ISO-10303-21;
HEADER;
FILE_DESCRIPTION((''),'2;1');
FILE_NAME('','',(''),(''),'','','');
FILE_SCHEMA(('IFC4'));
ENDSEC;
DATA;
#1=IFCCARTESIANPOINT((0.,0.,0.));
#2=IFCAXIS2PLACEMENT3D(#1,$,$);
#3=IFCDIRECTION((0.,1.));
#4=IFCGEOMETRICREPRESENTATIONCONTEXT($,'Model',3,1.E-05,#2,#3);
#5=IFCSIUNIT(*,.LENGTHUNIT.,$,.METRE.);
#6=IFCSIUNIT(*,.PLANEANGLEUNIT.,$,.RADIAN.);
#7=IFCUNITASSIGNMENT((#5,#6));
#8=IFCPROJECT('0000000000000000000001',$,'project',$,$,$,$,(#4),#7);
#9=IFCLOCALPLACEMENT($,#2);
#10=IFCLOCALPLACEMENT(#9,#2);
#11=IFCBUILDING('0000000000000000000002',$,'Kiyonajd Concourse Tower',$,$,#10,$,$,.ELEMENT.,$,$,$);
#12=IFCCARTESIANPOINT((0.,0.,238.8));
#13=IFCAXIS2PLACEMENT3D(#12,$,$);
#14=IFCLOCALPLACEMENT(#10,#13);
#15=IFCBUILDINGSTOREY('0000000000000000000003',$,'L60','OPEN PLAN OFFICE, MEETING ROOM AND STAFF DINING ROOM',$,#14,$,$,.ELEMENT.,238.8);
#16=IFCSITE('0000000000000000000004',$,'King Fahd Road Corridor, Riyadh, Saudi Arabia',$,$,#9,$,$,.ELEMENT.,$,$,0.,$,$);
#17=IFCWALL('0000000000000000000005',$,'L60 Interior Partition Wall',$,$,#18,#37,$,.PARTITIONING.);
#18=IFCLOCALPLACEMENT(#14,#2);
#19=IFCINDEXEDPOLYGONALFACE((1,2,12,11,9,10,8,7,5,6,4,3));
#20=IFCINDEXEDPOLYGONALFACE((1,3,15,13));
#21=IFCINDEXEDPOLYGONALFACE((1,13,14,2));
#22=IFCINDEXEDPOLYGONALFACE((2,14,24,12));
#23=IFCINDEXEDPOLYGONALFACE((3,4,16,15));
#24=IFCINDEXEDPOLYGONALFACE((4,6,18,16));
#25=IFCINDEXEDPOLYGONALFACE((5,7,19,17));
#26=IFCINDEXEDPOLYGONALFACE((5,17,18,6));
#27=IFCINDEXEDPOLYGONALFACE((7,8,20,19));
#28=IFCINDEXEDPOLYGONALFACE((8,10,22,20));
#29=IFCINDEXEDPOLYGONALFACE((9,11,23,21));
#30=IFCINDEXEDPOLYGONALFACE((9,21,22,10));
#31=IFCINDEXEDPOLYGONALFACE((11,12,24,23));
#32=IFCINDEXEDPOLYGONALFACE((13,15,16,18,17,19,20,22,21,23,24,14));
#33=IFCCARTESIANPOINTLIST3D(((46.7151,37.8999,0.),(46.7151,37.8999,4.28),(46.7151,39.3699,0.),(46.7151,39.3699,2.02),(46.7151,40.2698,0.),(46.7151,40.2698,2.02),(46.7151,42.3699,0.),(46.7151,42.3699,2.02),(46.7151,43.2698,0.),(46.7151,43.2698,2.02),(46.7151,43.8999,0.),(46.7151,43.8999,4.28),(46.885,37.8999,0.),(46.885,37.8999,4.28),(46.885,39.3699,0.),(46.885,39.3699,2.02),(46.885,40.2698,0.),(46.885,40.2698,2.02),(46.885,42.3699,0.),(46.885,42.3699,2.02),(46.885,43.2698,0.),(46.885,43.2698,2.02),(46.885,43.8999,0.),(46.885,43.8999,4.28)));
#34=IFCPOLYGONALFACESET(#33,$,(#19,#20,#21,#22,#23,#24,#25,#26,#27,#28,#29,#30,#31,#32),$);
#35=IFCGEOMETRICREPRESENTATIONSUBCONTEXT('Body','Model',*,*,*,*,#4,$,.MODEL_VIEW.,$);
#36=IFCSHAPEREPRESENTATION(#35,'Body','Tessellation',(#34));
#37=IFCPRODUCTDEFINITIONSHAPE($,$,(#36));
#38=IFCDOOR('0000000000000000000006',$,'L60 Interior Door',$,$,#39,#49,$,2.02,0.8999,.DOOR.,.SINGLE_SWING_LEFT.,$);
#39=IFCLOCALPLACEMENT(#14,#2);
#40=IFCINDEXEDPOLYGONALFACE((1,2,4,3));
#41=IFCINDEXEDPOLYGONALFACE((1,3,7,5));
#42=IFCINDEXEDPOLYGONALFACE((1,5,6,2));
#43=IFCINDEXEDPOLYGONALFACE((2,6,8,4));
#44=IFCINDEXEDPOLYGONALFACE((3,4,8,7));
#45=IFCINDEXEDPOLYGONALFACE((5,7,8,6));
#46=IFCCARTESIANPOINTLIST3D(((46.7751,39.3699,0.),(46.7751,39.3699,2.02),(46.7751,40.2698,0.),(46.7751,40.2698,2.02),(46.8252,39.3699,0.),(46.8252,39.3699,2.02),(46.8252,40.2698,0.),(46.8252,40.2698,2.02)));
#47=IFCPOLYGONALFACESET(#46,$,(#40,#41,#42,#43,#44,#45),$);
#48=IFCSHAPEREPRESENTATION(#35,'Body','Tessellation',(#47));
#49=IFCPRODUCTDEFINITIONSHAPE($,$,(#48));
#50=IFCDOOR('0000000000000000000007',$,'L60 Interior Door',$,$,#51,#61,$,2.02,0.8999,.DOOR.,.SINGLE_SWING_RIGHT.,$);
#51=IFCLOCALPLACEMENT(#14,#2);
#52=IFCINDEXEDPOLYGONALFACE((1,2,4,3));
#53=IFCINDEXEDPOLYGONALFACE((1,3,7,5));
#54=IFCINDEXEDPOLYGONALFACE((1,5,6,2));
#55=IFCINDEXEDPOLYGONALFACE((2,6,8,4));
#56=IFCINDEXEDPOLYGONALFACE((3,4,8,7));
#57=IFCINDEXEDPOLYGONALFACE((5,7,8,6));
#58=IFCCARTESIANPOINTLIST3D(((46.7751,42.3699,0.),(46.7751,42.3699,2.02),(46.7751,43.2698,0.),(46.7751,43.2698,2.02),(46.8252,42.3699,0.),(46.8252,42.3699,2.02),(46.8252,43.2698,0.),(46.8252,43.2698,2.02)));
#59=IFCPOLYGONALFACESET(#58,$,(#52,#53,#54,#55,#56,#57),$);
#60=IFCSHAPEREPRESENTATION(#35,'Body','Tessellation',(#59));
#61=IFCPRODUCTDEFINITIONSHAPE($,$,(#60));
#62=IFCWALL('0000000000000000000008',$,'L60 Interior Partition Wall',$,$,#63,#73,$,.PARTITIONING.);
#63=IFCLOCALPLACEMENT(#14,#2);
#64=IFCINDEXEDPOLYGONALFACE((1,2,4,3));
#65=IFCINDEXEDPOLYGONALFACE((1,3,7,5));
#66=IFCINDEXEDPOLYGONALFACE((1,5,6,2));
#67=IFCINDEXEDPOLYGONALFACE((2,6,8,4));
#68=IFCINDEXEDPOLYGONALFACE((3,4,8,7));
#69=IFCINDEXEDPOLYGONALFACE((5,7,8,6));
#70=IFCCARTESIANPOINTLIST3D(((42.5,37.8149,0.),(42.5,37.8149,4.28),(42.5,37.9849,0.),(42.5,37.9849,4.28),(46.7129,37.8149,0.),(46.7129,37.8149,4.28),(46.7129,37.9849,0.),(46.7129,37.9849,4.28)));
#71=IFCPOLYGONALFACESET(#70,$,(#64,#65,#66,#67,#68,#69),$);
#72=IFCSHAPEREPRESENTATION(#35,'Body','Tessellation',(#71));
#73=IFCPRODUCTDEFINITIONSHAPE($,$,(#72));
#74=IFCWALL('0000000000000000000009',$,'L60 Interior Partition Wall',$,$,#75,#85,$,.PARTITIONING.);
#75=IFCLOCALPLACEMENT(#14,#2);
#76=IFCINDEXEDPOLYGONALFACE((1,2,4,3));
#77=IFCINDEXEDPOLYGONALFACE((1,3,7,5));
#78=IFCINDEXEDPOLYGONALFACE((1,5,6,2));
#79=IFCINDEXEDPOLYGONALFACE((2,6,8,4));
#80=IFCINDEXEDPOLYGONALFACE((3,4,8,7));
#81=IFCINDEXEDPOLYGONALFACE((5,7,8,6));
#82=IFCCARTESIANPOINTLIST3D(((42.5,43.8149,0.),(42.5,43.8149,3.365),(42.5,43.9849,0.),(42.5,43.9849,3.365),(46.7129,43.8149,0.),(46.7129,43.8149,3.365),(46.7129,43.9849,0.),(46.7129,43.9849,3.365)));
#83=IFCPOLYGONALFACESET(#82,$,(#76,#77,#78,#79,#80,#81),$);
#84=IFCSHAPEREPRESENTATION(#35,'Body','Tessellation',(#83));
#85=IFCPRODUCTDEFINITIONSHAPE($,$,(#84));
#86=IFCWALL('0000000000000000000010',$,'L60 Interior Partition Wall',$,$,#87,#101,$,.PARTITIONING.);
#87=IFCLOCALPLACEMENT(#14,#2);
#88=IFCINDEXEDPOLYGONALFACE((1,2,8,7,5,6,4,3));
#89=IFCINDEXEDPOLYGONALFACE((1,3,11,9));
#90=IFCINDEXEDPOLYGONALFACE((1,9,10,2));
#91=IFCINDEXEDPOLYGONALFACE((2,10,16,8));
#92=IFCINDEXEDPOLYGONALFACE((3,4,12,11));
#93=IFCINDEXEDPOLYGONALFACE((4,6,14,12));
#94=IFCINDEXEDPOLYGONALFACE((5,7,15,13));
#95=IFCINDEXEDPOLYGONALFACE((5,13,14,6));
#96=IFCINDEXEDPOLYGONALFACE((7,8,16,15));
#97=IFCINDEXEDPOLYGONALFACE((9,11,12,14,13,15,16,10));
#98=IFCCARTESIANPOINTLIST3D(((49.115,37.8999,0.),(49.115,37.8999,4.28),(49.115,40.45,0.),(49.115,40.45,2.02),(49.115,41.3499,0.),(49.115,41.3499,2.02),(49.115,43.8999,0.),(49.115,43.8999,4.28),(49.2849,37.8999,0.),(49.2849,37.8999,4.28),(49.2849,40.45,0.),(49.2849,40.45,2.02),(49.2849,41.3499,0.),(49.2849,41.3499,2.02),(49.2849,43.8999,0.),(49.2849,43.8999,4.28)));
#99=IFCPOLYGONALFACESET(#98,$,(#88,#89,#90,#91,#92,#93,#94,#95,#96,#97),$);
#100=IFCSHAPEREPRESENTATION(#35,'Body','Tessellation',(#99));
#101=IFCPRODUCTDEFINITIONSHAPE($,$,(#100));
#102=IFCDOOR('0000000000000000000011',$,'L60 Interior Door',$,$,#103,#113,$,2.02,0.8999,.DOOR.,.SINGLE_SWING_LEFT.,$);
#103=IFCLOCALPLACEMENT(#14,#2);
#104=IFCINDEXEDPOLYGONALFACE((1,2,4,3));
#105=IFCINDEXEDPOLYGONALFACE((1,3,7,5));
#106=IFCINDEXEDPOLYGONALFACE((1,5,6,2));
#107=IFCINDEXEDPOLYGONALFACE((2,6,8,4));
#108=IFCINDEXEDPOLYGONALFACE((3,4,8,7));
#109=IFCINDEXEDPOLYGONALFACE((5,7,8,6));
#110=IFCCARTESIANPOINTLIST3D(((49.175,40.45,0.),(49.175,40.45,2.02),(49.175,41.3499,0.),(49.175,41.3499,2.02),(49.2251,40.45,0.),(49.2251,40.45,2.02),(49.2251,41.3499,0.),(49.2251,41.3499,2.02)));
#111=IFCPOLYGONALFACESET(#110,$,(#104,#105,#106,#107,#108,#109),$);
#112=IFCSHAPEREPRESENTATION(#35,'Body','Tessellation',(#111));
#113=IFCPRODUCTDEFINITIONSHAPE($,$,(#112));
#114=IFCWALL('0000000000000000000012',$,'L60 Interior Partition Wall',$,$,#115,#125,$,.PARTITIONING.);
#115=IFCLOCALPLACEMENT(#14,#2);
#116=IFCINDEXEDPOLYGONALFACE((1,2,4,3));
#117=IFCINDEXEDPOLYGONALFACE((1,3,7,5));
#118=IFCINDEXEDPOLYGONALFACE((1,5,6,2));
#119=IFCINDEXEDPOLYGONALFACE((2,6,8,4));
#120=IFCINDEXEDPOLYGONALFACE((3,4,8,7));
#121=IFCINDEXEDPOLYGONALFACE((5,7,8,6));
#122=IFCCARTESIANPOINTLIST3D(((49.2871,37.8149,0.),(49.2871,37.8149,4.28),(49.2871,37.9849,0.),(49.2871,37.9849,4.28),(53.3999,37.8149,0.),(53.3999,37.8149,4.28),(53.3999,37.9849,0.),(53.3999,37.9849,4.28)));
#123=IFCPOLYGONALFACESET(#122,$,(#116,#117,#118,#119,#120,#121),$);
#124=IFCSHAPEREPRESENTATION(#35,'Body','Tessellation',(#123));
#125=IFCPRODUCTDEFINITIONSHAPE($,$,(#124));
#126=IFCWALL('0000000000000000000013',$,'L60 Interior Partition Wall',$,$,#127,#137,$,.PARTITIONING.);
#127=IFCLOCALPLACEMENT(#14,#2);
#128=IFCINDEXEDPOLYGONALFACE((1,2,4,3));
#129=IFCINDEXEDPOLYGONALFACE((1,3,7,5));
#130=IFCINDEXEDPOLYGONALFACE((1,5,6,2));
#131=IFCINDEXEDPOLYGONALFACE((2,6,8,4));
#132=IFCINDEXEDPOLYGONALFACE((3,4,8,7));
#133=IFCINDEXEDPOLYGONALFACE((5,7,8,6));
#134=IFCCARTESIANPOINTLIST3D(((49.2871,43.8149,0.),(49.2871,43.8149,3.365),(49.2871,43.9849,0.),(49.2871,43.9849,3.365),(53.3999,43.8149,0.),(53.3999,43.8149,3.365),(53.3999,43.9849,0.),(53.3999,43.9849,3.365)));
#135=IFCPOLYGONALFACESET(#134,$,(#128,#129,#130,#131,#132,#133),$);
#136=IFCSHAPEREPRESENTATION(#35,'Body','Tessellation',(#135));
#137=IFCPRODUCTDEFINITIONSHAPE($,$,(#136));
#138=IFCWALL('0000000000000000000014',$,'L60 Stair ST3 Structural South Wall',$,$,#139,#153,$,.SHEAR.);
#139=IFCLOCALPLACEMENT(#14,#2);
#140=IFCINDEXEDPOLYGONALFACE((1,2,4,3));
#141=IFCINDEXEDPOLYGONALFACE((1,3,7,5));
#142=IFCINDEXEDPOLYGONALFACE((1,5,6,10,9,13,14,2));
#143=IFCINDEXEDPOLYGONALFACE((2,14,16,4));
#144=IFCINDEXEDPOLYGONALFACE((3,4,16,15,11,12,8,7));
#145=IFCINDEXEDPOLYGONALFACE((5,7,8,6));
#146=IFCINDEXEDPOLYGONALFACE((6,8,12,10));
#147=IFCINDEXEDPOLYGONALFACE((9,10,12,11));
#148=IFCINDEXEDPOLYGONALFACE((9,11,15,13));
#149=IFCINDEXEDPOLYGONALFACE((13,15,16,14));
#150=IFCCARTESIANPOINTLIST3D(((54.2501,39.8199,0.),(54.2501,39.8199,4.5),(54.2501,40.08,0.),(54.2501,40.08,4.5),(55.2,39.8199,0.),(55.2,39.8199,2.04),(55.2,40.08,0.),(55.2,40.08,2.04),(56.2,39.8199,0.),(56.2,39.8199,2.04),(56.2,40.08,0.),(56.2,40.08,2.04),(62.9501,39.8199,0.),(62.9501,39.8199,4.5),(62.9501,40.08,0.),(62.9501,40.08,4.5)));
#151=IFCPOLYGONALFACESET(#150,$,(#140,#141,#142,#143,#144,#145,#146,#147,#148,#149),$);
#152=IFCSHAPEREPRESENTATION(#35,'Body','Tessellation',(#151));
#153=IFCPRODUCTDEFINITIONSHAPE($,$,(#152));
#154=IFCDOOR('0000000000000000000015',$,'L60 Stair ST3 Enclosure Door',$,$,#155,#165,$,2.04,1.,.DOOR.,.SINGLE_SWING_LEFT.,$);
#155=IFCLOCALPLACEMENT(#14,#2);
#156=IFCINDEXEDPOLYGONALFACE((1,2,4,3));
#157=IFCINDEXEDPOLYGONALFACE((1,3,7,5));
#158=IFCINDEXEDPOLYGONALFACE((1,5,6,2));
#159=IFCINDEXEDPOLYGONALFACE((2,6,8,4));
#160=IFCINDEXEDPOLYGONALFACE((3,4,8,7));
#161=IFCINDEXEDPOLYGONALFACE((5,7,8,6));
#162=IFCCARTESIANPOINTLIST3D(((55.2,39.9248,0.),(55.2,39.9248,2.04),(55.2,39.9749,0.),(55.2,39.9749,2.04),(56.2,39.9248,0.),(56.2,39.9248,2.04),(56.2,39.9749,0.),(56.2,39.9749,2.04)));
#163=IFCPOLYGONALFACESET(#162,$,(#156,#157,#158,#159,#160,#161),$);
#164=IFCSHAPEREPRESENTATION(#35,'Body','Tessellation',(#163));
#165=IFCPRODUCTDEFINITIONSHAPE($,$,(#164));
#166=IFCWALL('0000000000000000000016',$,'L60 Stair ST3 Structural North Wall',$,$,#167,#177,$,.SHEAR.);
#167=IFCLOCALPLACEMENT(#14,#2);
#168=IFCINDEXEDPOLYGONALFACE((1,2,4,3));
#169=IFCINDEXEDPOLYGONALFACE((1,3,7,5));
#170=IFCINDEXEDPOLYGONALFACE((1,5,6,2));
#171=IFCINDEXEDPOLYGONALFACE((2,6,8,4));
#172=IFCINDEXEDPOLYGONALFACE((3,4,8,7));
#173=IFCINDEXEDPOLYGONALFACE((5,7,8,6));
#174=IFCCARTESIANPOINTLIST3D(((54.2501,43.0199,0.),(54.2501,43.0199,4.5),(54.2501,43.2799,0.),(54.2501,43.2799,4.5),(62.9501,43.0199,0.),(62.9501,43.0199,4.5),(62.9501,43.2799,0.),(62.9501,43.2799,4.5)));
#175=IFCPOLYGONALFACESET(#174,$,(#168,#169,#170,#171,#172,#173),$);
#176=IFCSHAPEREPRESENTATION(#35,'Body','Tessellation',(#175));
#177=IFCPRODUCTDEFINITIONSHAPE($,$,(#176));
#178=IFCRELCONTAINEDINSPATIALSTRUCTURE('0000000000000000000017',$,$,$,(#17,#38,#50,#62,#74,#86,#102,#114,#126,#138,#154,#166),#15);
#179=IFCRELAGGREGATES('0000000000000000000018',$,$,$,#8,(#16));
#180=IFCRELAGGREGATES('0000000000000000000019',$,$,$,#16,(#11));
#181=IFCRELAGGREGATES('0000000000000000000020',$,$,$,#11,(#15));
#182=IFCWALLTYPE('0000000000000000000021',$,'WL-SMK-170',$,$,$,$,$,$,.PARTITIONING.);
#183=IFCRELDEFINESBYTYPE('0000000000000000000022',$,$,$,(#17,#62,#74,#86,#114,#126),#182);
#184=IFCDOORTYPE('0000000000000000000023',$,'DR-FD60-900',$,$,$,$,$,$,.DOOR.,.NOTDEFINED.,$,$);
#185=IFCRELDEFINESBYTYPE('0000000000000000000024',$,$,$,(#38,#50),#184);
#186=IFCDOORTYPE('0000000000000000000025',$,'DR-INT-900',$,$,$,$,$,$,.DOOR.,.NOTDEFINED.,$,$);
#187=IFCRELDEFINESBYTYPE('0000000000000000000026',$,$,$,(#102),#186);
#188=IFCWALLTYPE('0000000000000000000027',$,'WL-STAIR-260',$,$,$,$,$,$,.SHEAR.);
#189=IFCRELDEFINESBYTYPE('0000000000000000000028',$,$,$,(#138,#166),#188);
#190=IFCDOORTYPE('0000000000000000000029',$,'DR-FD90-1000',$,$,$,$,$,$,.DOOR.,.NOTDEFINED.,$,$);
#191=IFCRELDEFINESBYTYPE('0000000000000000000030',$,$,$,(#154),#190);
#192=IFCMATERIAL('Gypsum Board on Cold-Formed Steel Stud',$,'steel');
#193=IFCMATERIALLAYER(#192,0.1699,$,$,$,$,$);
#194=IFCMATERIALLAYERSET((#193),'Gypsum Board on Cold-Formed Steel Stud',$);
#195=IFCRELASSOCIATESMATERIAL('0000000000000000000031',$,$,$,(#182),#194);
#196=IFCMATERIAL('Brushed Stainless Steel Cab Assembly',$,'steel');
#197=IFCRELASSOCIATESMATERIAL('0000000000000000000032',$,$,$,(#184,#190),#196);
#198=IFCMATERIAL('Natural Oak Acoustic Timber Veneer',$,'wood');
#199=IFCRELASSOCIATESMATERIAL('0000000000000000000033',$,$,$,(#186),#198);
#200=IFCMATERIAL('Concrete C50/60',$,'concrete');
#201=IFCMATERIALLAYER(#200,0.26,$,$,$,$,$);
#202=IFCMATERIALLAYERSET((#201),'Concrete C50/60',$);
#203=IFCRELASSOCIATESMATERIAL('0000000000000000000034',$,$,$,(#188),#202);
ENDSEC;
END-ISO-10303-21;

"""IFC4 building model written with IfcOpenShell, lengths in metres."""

from ifc_helpers import new_model, si_unit, direction, frame, frame_2d, origin, place, context, subcontext, project, spatial, rectangle, extrude, material, layer, layer_set, type_object, element, fill, save


model = new_model("IFC4")

# Units and contexts
model_context = context("Model", 3, precision=1e-05, world=origin(), true_north=direction((0.0, 1.0)))
body_context = subcontext(model_context, "Body", "Model", "MODEL_VIEW")
ifc_project = project(units=[si_unit("LENGTHUNIT", "METRE"), si_unit("PLANEANGLEUNIT", "RADIAN")], contexts=[model_context])

# Site, building, storey
site_placement = place(None, origin())
site = spatial("IfcSite", under=ifc_project, at=site_placement, Name="King Fahd Road Corridor, Riyadh, Saudi Arabia", CompositionType="ELEMENT", RefElevation=0.0)
building_placement = place(site_placement, origin())
building = spatial("IfcBuilding", under=site, at=building_placement, Name="Kiyonajd Concourse Tower", CompositionType="ELEMENT")
storey_placement = place(building_placement, frame((0.0, 0.0, 238.8)))
storey = spatial("IfcBuildingStorey", under=building, at=storey_placement, Name="L60", Description="OPEN PLAN OFFICE, MEETING ROOM AND STAFF DINING ROOM", CompositionType="ELEMENT", Elevation=238.8)

# Shared definitions
ifc_material_1 = material(Name="Concrete C50/60", Category="concrete")

# Shared definitions
ifc_material_2 = material(Name="Gypsum Board on Cold-Formed Steel Stud", Category="steel")

# Shared definitions
ifc_material_3 = material(Name="Brushed Stainless Steel Cab Assembly", Category="steel")

# Wall, openings, doors
ifc_layer_1 = layer(ifc_material_2, 0.1699)
ifc_layer_set_1 = layer_set([ifc_layer_1], Name="Gypsum Board on Cold-Formed Steel Stud")
wall_type_1 = type_object("IfcWallType", Name="WL-SMK-170", PredefinedType="PARTITIONING", material=ifc_layer_set_1)
wall_1_placement = place(storey_placement, frame((46.8, 37.8999, 0.0), z_axis=(0.0, 0.0, 1.0), x_axis=(0.0, 1.0, 0.0)))
wall_1 = element("IfcWall", 1, at=wall_1_placement, inside=storey, type_object=wall_type_1, Name="L60 Interior Partition Wall", PredefinedType="PARTITIONING", context=body_context, shape_type="SweptSolid", body=[
    extrude(rectangle(XDim=6.0, YDim=0.1699, at=frame_2d((3.0, 0.0))), origin(), (0.0, 0.0, 1.0), 4.28),
])
opening_1_placement = place(wall_1_placement, frame((1.47, 0.0, 0.0)))
opening_1 = element("IfcOpeningElement", 2, at=opening_1_placement, cuts=wall_1, PredefinedType="OPENING", context=body_context, shape_type="SweptSolid", body=[
    extrude(rectangle(XDim=0.8999, YDim=2.02, at=frame_2d((0.45, 1.01))), frame((0.0, 0.095, 0.0), z_axis=(0.0, -1.0, 0.0), x_axis=(1.0, 0.0, 0.0)), (0.0, 0.0, 1.0), 0.1899),
])
opening_2_placement = place(wall_1_placement, frame((4.47, 0.0, 0.0)))
opening_2 = element("IfcOpeningElement", 3, at=opening_2_placement, cuts=wall_1, PredefinedType="OPENING", context=body_context, shape_type="SweptSolid", body=[
    extrude(rectangle(XDim=0.8999, YDim=2.02, at=frame_2d((0.45, 1.01))), frame((0.0, 0.095, 0.0), z_axis=(0.0, -1.0, 0.0), x_axis=(1.0, 0.0, 0.0)), (0.0, 0.0, 1.0), 0.1899),
])
door_type_1 = type_object("IfcDoorType", Name="DR-FD60-900", OperationType="NOTDEFINED", PredefinedType="DOOR", material=ifc_material_3)
door_1_placement = place(opening_1_placement, origin())
door_1 = element("IfcDoor", 4, at=door_1_placement, inside=storey, type_object=door_type_1, Name="L60 Interior Door", OperationType="SINGLE_SWING_LEFT", OverallHeight=2.02, OverallWidth=0.8999, PredefinedType="DOOR", context=body_context, shape_type="SweptSolid", body=[
    extrude(rectangle(XDim=0.8999, YDim=2.02, at=frame_2d((0.45, 1.01))), frame((0.0, 0.0249, 0.0), z_axis=(0.0, -1.0, 0.0), x_axis=(1.0, 0.0, 0.0)), (0.0, 0.0, 1.0), 0.05),
])
fill(opening_1, door_1)
door_2_placement = place(opening_2_placement, origin())
door_2 = element("IfcDoor", 5, at=door_2_placement, inside=storey, type_object=door_type_1, Name="L60 Interior Door", OperationType="SINGLE_SWING_RIGHT", OverallHeight=2.02, OverallWidth=0.8999, PredefinedType="DOOR", context=body_context, shape_type="SweptSolid", body=[
    extrude(rectangle(XDim=0.8999, YDim=2.02, at=frame_2d((0.45, 1.01))), frame((0.0, 0.0249, 0.0), z_axis=(0.0, -1.0, 0.0), x_axis=(1.0, 0.0, 0.0)), (0.0, 0.0, 1.0), 0.05),
])
fill(opening_2, door_2)

# Walls
wall_2_placement = place(storey_placement, frame((42.5, 37.8999, 0.0), z_axis=(0.0, 0.0, 1.0), x_axis=(1.0, 0.0, 0.0)))
element("IfcWall", 6, at=wall_2_placement, inside=storey, type_object=wall_type_1, Name="L60 Interior Partition Wall", PredefinedType="PARTITIONING", context=body_context, shape_type="SweptSolid", body=[
    extrude(rectangle(XDim=4.2129, YDim=0.1699, at=frame_2d((2.1064, 0.0))), origin(), (0.0, 0.0, 1.0), 4.28),
])
wall_3_placement = place(storey_placement, frame((42.5, 43.8999, 0.0), z_axis=(0.0, 0.0, 1.0), x_axis=(1.0, 0.0, 0.0)))
element("IfcWall", 7, at=wall_3_placement, inside=storey, type_object=wall_type_1, Name="L60 Interior Partition Wall", PredefinedType="PARTITIONING", context=body_context, shape_type="SweptSolid", body=[
    extrude(rectangle(XDim=4.2129, YDim=0.1699, at=frame_2d((2.1064, 0.0))), origin(), (0.0, 0.0, 1.0), 3.365),
])

# Wall, opening, door
wall_4_placement = place(storey_placement, frame((49.2, 37.8999, 0.0), z_axis=(0.0, 0.0, 1.0), x_axis=(0.0, 1.0, 0.0)))
wall_4 = element("IfcWall", 8, at=wall_4_placement, inside=storey, type_object=wall_type_1, Name="L60 Interior Partition Wall", PredefinedType="PARTITIONING", context=body_context, shape_type="SweptSolid", body=[
    extrude(rectangle(XDim=6.0, YDim=0.1699, at=frame_2d((3.0, 0.0))), origin(), (0.0, 0.0, 1.0), 4.28),
])
opening_3_placement = place(wall_4_placement, frame((2.55, 0.0, 0.0)))
opening_3 = element("IfcOpeningElement", 9, at=opening_3_placement, cuts=wall_4, PredefinedType="OPENING", context=body_context, shape_type="SweptSolid", body=[
    extrude(rectangle(XDim=0.8999, YDim=2.02, at=frame_2d((0.45, 1.01))), frame((0.0, 0.095, 0.0), z_axis=(0.0, -1.0, 0.0), x_axis=(1.0, 0.0, 0.0)), (0.0, 0.0, 1.0), 0.1899),
])
ifc_material_4 = material(Name="Natural Oak Acoustic Timber Veneer", Category="wood")
door_type_2 = type_object("IfcDoorType", Name="DR-INT-900", OperationType="NOTDEFINED", PredefinedType="DOOR", material=ifc_material_4)
door_3_placement = place(opening_3_placement, origin())
door_3 = element("IfcDoor", 10, at=door_3_placement, inside=storey, type_object=door_type_2, Name="L60 Interior Door", OperationType="SINGLE_SWING_LEFT", OverallHeight=2.02, OverallWidth=0.8999, PredefinedType="DOOR", context=body_context, shape_type="SweptSolid", body=[
    extrude(rectangle(XDim=0.8999, YDim=2.02, at=frame_2d((0.45, 1.01))), frame((0.0, 0.0249, 0.0), z_axis=(0.0, -1.0, 0.0), x_axis=(1.0, 0.0, 0.0)), (0.0, 0.0, 1.0), 0.05),
])
fill(opening_3, door_3)

# Walls
wall_5_placement = place(storey_placement, frame((49.2871, 37.8999, 0.0), z_axis=(0.0, 0.0, 1.0), x_axis=(1.0, 0.0, 0.0)))
element("IfcWall", 11, at=wall_5_placement, inside=storey, type_object=wall_type_1, Name="L60 Interior Partition Wall", PredefinedType="PARTITIONING", context=body_context, shape_type="SweptSolid", body=[
    extrude(rectangle(XDim=4.1128, YDim=0.1699, at=frame_2d((2.0564, 0.0))), origin(), (0.0, 0.0, 1.0), 4.28),
])
wall_6_placement = place(storey_placement, frame((49.2871, 43.8999, 0.0), z_axis=(0.0, 0.0, 1.0), x_axis=(1.0, 0.0, 0.0)))
element("IfcWall", 12, at=wall_6_placement, inside=storey, type_object=wall_type_1, Name="L60 Interior Partition Wall", PredefinedType="PARTITIONING", context=body_context, shape_type="SweptSolid", body=[
    extrude(rectangle(XDim=4.1128, YDim=0.1699, at=frame_2d((2.0564, 0.0))), origin(), (0.0, 0.0, 1.0), 3.365),
])

# Wall, opening, door
ifc_layer_2 = layer(ifc_material_1, 0.26)
ifc_layer_set_2 = layer_set([ifc_layer_2], Name="Concrete C50/60")
wall_type_2 = type_object("IfcWallType", Name="WL-STAIR-260", PredefinedType="SHEAR", material=ifc_layer_set_2)
wall_7_placement = place(storey_placement, frame((54.25, 39.95, 0.0), z_axis=(0.0, 0.0, 1.0), x_axis=(1.0, 0.0, 0.0)))
wall_7 = element("IfcWall", 13, at=wall_7_placement, inside=storey, type_object=wall_type_2, Name="L60 Stair ST3 Structural South Wall", PredefinedType="SHEAR", context=body_context, shape_type="SweptSolid", body=[
    extrude(rectangle(XDim=8.7, YDim=0.26, at=frame_2d((4.3501, 0.0))), origin(), (0.0, 0.0, 1.0), 4.5),
])
opening_4_placement = place(wall_7_placement, frame((0.95, 0.0, 0.0)))
opening_4 = element("IfcOpeningElement", 14, at=opening_4_placement, cuts=wall_7, PredefinedType="OPENING", context=body_context, shape_type="SweptSolid", body=[
    extrude(rectangle(XDim=1.0, YDim=2.04, at=frame_2d((0.5, 1.02))), frame((0.0, 0.1399, 0.0), z_axis=(0.0, -1.0, 0.0), x_axis=(1.0, 0.0, 0.0)), (0.0, 0.0, 1.0), 0.28),
])
door_type_3 = type_object("IfcDoorType", Name="DR-FD90-1000", OperationType="NOTDEFINED", PredefinedType="DOOR", material=ifc_material_3)
door_4_placement = place(opening_4_placement, origin())
door_4 = element("IfcDoor", 15, at=door_4_placement, inside=storey, type_object=door_type_3, Name="L60 Stair ST3 Enclosure Door", OperationType="SINGLE_SWING_LEFT", OverallHeight=2.04, OverallWidth=1.0, PredefinedType="DOOR", context=body_context, shape_type="SweptSolid", body=[
    extrude(rectangle(XDim=1.0, YDim=2.04, at=frame_2d((0.5, 1.02))), frame((0.0, 0.0249, 0.0), z_axis=(0.0, -1.0, 0.0), x_axis=(1.0, 0.0, 0.0)), (0.0, 0.0, 1.0), 0.05),
])
fill(opening_4, door_4)

# Wall
wall_8_placement = place(storey_placement, frame((54.25, 43.1499, 0.0), z_axis=(0.0, 0.0, 1.0), x_axis=(1.0, 0.0, 0.0)))
element("IfcWall", 16, at=wall_8_placement, inside=storey, type_object=wall_type_2, Name="L60 Stair ST3 Structural North Wall", PredefinedType="SHEAR", context=body_context, shape_type="SweptSolid", body=[
    extrude(rectangle(XDim=8.7, YDim=0.26, at=frame_2d((4.3501, 0.0))), origin(), (0.0, 0.0, 1.0), 4.5),
])

save(model, "model.ifc")
